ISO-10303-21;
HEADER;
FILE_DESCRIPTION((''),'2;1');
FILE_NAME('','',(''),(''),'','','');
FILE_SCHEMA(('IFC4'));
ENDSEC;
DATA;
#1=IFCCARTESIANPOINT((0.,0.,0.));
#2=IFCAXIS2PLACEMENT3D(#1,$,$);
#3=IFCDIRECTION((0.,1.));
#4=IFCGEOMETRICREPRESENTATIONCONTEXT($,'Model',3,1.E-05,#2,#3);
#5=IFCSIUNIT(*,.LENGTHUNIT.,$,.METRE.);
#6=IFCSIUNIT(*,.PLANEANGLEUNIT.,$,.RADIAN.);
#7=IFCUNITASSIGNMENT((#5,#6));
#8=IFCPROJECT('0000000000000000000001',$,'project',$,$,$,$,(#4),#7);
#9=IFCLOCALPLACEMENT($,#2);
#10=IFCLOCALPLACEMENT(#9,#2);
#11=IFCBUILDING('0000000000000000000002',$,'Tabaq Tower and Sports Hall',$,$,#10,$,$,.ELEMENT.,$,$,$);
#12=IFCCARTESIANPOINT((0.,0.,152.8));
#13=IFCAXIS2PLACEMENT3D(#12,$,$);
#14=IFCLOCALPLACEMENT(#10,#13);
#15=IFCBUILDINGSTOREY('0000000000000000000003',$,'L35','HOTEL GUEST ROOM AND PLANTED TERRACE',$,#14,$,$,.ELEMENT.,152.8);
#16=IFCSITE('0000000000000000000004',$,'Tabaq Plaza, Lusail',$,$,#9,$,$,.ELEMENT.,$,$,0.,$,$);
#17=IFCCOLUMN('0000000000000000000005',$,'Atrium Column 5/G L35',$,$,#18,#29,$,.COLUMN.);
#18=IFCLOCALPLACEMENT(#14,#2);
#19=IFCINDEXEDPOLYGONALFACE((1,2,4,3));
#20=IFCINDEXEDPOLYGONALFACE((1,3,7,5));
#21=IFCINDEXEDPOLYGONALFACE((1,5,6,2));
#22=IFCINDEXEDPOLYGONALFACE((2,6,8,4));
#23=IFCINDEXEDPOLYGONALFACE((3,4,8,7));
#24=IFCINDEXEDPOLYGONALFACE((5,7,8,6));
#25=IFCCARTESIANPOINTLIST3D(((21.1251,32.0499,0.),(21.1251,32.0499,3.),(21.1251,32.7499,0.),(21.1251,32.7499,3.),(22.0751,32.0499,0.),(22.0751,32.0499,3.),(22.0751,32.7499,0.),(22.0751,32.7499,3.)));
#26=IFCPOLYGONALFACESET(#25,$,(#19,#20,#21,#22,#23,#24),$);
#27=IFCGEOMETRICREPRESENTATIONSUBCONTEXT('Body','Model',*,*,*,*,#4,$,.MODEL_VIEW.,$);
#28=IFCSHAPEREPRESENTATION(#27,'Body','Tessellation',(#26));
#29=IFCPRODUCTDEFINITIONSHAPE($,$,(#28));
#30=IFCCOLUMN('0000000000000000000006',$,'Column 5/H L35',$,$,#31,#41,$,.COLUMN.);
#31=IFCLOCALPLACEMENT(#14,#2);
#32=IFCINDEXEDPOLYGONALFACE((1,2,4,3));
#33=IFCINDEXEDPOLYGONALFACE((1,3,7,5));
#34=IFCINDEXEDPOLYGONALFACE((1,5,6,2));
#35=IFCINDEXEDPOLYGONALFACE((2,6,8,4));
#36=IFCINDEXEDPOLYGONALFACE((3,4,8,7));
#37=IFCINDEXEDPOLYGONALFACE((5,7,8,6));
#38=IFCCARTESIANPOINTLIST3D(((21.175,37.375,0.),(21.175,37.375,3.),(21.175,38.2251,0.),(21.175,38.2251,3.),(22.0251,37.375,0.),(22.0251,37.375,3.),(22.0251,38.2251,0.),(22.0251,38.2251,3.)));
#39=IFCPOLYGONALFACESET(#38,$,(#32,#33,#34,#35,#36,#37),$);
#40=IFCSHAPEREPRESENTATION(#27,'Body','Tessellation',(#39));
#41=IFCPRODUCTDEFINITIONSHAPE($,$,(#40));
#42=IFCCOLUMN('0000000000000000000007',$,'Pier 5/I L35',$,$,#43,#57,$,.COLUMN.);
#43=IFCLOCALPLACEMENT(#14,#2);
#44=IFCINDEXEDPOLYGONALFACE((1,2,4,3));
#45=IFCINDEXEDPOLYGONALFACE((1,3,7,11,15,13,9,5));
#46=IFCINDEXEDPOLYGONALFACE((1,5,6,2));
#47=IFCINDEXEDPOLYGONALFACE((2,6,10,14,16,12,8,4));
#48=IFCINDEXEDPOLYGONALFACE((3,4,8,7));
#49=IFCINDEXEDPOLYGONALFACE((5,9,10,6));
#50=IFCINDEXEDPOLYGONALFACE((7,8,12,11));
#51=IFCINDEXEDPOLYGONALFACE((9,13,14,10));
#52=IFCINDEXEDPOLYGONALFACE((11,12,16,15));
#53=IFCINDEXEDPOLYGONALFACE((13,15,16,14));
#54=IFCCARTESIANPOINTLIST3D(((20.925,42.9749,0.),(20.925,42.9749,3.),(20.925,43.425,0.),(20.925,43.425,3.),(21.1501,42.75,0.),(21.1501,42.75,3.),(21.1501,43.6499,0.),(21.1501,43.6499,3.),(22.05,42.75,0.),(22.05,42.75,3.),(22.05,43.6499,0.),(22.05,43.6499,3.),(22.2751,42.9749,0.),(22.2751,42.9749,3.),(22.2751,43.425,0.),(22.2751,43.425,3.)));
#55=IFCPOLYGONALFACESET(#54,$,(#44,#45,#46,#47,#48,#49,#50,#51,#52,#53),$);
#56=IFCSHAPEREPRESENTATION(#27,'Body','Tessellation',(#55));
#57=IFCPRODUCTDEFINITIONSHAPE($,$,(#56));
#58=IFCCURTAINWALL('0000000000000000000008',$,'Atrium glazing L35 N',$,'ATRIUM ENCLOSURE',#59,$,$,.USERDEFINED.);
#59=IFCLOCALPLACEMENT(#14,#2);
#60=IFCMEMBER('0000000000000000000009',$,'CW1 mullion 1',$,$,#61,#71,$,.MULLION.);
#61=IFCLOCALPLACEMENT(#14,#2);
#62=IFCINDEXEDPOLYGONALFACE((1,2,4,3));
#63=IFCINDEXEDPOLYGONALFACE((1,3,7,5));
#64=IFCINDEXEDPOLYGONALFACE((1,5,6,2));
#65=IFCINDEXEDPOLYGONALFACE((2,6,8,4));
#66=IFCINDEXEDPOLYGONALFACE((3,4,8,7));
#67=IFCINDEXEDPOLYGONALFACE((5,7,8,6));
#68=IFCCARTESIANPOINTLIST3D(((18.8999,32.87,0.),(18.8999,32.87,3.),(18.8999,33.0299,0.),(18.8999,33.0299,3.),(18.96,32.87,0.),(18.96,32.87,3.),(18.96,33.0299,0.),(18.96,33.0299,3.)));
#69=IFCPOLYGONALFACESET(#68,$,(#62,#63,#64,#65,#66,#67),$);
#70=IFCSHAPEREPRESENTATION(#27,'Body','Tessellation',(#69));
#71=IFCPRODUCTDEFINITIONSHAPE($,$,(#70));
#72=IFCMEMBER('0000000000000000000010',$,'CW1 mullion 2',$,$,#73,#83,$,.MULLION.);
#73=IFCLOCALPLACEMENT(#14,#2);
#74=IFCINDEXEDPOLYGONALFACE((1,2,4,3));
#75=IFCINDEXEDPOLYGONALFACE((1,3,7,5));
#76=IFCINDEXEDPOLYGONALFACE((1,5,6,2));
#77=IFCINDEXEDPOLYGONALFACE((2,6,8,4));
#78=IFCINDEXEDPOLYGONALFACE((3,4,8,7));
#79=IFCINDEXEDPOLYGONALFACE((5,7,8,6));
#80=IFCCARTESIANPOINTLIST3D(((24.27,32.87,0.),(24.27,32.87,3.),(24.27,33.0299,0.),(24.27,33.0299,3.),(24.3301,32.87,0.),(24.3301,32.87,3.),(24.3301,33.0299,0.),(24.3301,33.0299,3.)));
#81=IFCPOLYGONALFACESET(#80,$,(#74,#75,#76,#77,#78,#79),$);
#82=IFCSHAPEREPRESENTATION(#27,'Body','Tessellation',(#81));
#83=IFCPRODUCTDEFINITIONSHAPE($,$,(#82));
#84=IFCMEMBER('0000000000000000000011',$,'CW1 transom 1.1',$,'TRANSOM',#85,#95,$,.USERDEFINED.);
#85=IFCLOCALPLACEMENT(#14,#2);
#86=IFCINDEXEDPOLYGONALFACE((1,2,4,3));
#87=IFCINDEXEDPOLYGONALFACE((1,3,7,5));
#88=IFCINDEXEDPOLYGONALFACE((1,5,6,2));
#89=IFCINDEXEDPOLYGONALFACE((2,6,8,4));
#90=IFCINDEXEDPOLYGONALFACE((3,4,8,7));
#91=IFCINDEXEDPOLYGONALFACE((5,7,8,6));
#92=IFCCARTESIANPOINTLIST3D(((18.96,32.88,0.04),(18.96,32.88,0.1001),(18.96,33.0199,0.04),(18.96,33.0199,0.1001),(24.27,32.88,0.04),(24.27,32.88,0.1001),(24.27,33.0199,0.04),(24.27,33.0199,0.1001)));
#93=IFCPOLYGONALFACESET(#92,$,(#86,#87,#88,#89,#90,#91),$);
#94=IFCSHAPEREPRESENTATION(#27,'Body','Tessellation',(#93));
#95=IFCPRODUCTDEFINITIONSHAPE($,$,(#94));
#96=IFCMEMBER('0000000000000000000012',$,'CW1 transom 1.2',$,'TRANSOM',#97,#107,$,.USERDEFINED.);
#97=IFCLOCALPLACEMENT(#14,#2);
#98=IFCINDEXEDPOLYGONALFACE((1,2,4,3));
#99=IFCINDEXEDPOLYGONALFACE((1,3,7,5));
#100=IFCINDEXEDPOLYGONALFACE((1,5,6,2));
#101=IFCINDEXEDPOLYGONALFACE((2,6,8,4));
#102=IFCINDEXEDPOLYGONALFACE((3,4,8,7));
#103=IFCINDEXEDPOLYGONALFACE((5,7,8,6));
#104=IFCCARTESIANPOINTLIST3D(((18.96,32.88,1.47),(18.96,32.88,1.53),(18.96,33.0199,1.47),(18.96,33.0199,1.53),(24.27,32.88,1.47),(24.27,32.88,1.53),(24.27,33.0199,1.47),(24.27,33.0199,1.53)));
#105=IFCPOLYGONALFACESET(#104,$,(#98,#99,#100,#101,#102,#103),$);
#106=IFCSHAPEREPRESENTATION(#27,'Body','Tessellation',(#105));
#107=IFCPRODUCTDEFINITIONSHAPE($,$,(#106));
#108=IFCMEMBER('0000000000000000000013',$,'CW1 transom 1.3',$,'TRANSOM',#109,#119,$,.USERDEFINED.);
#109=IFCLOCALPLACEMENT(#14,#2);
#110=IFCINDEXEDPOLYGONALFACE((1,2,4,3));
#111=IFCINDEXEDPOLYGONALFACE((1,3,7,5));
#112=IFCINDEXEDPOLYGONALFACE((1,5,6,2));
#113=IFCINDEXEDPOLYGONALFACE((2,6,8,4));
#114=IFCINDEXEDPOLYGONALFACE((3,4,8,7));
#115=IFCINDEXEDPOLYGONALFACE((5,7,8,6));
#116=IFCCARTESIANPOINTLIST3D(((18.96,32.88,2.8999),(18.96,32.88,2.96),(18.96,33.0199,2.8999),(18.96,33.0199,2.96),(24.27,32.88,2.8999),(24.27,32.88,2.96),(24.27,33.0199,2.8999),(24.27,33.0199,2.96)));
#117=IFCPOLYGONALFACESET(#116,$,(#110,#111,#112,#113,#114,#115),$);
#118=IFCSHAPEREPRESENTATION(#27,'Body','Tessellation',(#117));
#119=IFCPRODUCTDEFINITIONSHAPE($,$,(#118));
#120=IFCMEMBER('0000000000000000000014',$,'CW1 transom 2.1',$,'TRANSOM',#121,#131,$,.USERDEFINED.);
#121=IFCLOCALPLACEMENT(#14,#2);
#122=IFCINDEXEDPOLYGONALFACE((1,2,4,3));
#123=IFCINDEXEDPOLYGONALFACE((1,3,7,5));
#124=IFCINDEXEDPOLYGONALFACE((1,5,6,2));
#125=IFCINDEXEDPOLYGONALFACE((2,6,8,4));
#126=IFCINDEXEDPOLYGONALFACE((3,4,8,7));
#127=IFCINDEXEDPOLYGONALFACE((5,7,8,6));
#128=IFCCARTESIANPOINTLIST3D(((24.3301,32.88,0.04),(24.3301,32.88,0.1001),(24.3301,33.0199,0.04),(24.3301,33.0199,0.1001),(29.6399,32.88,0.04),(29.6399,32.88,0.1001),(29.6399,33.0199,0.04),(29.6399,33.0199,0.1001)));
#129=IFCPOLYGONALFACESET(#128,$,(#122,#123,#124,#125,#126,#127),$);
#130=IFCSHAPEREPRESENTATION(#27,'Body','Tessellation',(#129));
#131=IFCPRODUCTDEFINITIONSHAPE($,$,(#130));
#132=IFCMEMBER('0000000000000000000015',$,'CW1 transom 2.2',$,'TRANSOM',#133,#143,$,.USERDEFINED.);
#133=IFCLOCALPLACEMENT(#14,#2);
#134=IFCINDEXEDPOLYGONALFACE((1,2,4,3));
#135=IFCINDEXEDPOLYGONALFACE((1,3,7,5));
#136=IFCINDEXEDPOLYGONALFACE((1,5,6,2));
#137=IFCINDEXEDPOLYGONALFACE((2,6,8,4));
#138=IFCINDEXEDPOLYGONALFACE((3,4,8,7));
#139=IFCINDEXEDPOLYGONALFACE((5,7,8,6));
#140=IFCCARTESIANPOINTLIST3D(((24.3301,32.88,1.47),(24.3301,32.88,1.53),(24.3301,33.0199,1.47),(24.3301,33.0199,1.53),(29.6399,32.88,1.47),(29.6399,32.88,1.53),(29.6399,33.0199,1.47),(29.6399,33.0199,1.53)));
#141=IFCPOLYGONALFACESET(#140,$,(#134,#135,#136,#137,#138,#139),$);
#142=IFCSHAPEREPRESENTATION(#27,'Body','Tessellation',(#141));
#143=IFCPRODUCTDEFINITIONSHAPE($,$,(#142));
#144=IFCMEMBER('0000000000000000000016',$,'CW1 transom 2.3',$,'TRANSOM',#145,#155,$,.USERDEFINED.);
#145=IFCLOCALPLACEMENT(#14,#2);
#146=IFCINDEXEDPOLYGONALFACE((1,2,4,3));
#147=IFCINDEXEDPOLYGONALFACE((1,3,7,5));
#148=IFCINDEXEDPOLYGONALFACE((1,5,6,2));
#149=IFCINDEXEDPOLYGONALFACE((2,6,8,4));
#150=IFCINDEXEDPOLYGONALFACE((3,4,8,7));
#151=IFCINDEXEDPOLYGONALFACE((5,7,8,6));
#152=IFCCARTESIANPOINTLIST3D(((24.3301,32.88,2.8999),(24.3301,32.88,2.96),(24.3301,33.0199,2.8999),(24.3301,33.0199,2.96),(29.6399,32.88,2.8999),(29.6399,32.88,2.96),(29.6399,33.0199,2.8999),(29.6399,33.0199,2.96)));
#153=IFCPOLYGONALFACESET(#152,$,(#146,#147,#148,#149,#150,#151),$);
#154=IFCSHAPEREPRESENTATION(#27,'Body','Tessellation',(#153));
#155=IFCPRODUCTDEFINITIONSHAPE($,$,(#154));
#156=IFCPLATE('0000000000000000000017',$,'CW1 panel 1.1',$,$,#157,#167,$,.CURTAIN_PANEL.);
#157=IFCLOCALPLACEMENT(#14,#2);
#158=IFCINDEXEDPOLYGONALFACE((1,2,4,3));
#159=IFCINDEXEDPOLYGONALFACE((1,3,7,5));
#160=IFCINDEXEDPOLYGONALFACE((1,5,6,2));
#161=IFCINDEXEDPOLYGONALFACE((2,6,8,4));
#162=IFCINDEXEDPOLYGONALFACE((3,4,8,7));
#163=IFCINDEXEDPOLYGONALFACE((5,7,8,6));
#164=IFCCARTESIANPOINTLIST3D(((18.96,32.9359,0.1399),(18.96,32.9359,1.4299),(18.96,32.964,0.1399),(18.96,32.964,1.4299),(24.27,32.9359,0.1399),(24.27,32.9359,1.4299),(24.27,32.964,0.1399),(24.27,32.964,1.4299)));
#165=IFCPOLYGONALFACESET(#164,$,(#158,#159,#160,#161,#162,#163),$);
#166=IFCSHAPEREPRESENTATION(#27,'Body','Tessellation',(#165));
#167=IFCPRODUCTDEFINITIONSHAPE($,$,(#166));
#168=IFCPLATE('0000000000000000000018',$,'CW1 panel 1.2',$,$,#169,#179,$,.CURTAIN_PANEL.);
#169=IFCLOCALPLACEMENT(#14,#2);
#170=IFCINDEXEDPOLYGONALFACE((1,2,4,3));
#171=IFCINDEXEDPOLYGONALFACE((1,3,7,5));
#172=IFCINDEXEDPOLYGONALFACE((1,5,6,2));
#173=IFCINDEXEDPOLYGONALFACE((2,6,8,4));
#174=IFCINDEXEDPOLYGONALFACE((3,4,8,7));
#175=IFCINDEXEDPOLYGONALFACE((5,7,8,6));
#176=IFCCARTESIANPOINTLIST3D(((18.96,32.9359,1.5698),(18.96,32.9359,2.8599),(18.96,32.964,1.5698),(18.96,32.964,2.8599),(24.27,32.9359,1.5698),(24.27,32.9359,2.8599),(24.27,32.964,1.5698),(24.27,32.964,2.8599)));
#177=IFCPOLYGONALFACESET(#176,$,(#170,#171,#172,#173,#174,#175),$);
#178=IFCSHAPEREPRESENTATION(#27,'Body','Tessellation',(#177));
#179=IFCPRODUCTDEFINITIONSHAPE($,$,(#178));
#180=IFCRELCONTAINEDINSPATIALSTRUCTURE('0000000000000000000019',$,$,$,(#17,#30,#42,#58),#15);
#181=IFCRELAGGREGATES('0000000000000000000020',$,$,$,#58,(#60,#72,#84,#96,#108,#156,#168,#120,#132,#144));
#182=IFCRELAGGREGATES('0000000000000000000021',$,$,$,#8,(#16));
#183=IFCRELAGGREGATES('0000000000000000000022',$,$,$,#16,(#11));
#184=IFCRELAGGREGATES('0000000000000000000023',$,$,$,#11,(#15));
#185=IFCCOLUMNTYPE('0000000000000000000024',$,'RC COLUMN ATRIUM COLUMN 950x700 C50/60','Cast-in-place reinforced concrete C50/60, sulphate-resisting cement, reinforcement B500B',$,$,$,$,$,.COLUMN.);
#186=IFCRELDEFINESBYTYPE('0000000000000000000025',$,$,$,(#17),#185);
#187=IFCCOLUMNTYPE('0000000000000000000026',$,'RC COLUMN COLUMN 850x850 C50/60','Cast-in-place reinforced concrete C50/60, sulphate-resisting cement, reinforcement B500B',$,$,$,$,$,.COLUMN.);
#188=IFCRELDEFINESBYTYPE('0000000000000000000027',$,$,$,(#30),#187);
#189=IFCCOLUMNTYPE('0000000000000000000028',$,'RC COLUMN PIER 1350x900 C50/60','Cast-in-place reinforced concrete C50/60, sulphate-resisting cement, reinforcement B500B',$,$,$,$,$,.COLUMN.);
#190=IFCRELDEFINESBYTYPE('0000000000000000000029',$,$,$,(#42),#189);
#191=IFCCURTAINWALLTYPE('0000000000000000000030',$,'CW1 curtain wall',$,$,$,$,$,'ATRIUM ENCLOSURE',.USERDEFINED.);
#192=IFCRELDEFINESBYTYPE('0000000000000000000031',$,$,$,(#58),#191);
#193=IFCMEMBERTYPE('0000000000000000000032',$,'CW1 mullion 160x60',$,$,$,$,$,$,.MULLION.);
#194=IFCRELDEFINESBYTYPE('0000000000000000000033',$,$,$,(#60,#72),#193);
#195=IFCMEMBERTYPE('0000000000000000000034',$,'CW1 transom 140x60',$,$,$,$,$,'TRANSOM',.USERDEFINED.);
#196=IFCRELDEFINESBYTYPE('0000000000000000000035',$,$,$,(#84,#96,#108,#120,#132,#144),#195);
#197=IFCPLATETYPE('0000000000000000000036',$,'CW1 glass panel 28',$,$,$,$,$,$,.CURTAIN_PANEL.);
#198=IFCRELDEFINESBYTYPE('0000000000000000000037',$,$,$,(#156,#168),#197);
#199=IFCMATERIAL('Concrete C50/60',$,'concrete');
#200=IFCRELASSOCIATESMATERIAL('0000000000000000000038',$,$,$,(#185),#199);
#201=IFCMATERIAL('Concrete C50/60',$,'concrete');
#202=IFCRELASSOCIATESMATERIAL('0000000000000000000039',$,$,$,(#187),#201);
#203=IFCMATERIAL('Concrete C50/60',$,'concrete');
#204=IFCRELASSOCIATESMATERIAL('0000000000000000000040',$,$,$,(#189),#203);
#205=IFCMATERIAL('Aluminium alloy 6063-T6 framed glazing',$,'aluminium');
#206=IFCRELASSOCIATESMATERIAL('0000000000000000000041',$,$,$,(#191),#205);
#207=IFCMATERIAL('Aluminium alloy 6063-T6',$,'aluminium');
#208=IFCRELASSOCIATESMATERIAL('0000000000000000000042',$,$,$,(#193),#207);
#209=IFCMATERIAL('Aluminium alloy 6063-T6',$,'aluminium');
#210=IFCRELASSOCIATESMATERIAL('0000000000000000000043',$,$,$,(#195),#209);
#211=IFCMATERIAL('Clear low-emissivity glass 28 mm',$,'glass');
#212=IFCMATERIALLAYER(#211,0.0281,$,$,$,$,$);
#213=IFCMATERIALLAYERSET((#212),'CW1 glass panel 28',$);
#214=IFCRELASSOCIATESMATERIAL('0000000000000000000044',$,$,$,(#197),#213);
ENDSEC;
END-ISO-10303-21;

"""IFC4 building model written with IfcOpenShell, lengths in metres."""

from ifc_helpers import new_model, si_unit, direction, frame, origin, origin_2d, place, context, subcontext, project, spatial, polyline, rectangle, outline, extrude, material, layer, layer_set, material_profile, profile_set, type_object, element, aggregate, save


model = new_model("IFC4")

# Units and contexts
model_context = context("Model", 3, precision=1e-05, world=origin(), true_north=direction((0.0, 1.0)))
body_context = subcontext(model_context, "Body", "Model", "MODEL_VIEW")
ifc_project = project(units=[si_unit("LENGTHUNIT", "METRE"), si_unit("PLANEANGLEUNIT", "RADIAN")], contexts=[model_context])

# Site, building, storey
site_placement = place(None, origin())
site = spatial("IfcSite", under=ifc_project, at=site_placement, Name="Tabaq Plaza, Lusail", CompositionType="ELEMENT", RefElevation=0.0)
building_placement = place(site_placement, origin())
building = spatial("IfcBuilding", under=site, at=building_placement, Name="Tabaq Tower and Sports Hall", CompositionType="ELEMENT")
storey_placement = place(building_placement, frame((0.0, 0.0, 152.8)))
storey = spatial("IfcBuildingStorey", under=building, at=storey_placement, Name="L35", Description="HOTEL GUEST ROOM AND PLANTED TERRACE", CompositionType="ELEMENT", Elevation=152.8)

# Columns
ifc_material_1 = material(Name="Concrete C50/60", Category="concrete")
ifc_material_profile_1 = material_profile(ifc_material_1, rectangle(XDim=0.95, YDim=0.7, at=origin_2d()), Name="ATRIUM COLUMN 950x700")
ifc_profile_set_1 = profile_set([ifc_material_profile_1], Name="Concrete C50/60")
column_type_1 = type_object("IfcColumnType", Name="RC COLUMN ATRIUM COLUMN 950x700 C50/60", Description="Cast-in-place reinforced concrete C50/60, sulphate-resisting cement, reinforcement B500B", PredefinedType="COLUMN", material=ifc_profile_set_1)
column_1_placement = place(storey_placement, frame((21.6001, 32.3999, 0.0), z_axis=(0.0, 0.0, 1.0), x_axis=(1.0, 0.0, 0.0)))
element("IfcColumn", 1, at=column_1_placement, inside=storey, type_object=column_type_1, Name="Atrium Column 5/G L35", PredefinedType="COLUMN", context=body_context, shape_type="SweptSolid", body=[
    extrude(rectangle(XDim=0.95, YDim=0.7, at=origin_2d()), origin(), (0.0, 0.0, 1.0), 3.0),
])
ifc_material_2 = material(Name="Concrete C50/60", Category="concrete")
ifc_material_profile_2 = material_profile(ifc_material_2, rectangle(XDim=0.8501, YDim=0.8501, at=origin_2d()), Name="COLUMN 850x850")
ifc_profile_set_2 = profile_set([ifc_material_profile_2], Name="Concrete C50/60")
column_type_2 = type_object("IfcColumnType", Name="RC COLUMN COLUMN 850x850 C50/60", Description="Cast-in-place reinforced concrete C50/60, sulphate-resisting cement, reinforcement B500B", PredefinedType="COLUMN", material=ifc_profile_set_2)
column_2_placement = place(storey_placement, frame((21.6001, 37.8, 0.0), z_axis=(0.0, 0.0, 1.0), x_axis=(1.0, 0.0, 0.0)))
element("IfcColumn", 2, at=column_2_placement, inside=storey, type_object=column_type_2, Name="Column 5/H L35", PredefinedType="COLUMN", context=body_context, shape_type="SweptSolid", body=[
    extrude(rectangle(XDim=0.8501, YDim=0.8501, at=origin_2d()), origin(), (0.0, 0.0, 1.0), 3.0),
])
ifc_material_3 = material(Name="Concrete C50/60", Category="concrete")
ifc_material_profile_3 = material_profile(ifc_material_3, outline(polyline([(-0.45, -0.45), (0.45, -0.45), (0.675, -0.2251), (0.675, 0.2251), (0.45, 0.45), (-0.45, 0.45), (-0.675, 0.2251), (-0.675, -0.2251), (-0.45, -0.45)])), Name="PIER 1350x900")
ifc_profile_set_3 = profile_set([ifc_material_profile_3], Name="Concrete C50/60")
column_type_3 = type_object("IfcColumnType", Name="RC COLUMN PIER 1350x900 C50/60", Description="Cast-in-place reinforced concrete C50/60, sulphate-resisting cement, reinforcement B500B", PredefinedType="COLUMN", material=ifc_profile_set_3)
column_3_placement = place(storey_placement, frame((21.6001, 43.2, 0.0), z_axis=(0.0, 0.0, 1.0), x_axis=(1.0, 0.0, 0.0)))
element("IfcColumn", 3, at=column_3_placement, inside=storey, type_object=column_type_3, Name="Pier 5/I L35", PredefinedType="COLUMN", context=body_context, shape_type="SweptSolid", body=[
    extrude(outline(polyline([(-0.45, -0.45), (0.45, -0.45), (0.675, -0.2251), (0.675, 0.2251), (0.45, 0.45), (-0.45, 0.45), (-0.675, 0.2251), (-0.675, -0.2251), (-0.45, -0.45)])), origin(), (0.0, 0.0, 1.0), 3.0),
])

# Curtain wall, members, plates
ifc_material_4 = material(Name="Aluminium alloy 6063-T6 framed glazing", Category="aluminium")
curtain_wall_type = type_object("IfcCurtainWallType", Name="CW1 curtain wall", ElementType="ATRIUM ENCLOSURE", PredefinedType="USERDEFINED", material=ifc_material_4)
curtain_wall_placement = place(storey_placement, origin())
curtain_wall = element("IfcCurtainWall", 4, at=curtain_wall_placement, inside=storey, type_object=curtain_wall_type, Name="Atrium glazing L35 N", ObjectType="ATRIUM ENCLOSURE", PredefinedType="USERDEFINED")
ifc_material_5 = material(Name="Aluminium alloy 6063-T6", Category="aluminium")
ifc_material_profile_4 = material_profile(ifc_material_5, rectangle(XDim=0.1599, YDim=0.0601, at=origin_2d()), Name="MULLION 160x60")
ifc_profile_set_4 = profile_set([ifc_material_profile_4], Name="Aluminium alloy 6063-T6")
member_type_1 = type_object("IfcMemberType", Name="CW1 mullion 160x60", PredefinedType="MULLION", material=ifc_profile_set_4)
member_1_placement = place(storey_placement, frame((18.9299, 32.95, 0.0), z_axis=(0.0, 0.0, 1.0), x_axis=(0.0, 1.0, 0.0)))
member_1 = element("IfcMember", 5, at=member_1_placement, type_object=member_type_1, Name="CW1 mullion 1", PredefinedType="MULLION", context=body_context, shape_type="SweptSolid", body=[
    extrude(rectangle(XDim=0.1599, YDim=0.0601, at=origin_2d()), origin(), (0.0, 0.0, 1.0), 3.0),
])
member_2_placement = place(storey_placement, frame((24.3, 32.95, 0.0), z_axis=(0.0, 0.0, 1.0), x_axis=(0.0, 1.0, 0.0)))
member_2 = element("IfcMember", 6, at=member_2_placement, type_object=member_type_1, Name="CW1 mullion 2", PredefinedType="MULLION", context=body_context, shape_type="SweptSolid", body=[
    extrude(rectangle(XDim=0.1599, YDim=0.0601, at=origin_2d()), origin(), (0.0, 0.0, 1.0), 3.0),
])
ifc_material_6 = material(Name="Aluminium alloy 6063-T6", Category="aluminium")
ifc_material_profile_5 = material_profile(ifc_material_6, rectangle(XDim=0.1399, YDim=0.0601, at=origin_2d()), Name="TRANSOM 140x60")
ifc_profile_set_5 = profile_set([ifc_material_profile_5], Name="Aluminium alloy 6063-T6")
member_type_2 = type_object("IfcMemberType", Name="CW1 transom 140x60", ElementType="TRANSOM", PredefinedType="USERDEFINED", material=ifc_profile_set_5)
member_3_placement = place(storey_placement, frame((18.96, 32.95, 0.0701), z_axis=(1.0, 0.0, 0.0), x_axis=(0.0, 1.0, 0.0)))
member_3 = element("IfcMember", 7, at=member_3_placement, type_object=member_type_2, Name="CW1 transom 1.1", ObjectType="TRANSOM", PredefinedType="USERDEFINED", context=body_context, shape_type="SweptSolid", body=[
    extrude(rectangle(XDim=0.1399, YDim=0.0601, at=origin_2d()), origin(), (0.0, 0.0, 1.0), 5.3101),
])
member_4_placement = place(storey_placement, frame((18.96, 32.95, 1.5), z_axis=(1.0, 0.0, 0.0), x_axis=(0.0, 1.0, 0.0)))
member_4 = element("IfcMember", 8, at=member_4_placement, type_object=member_type_2, Name="CW1 transom 1.2", ObjectType="TRANSOM", PredefinedType="USERDEFINED", context=body_context, shape_type="SweptSolid", body=[
    extrude(rectangle(XDim=0.1399, YDim=0.0601, at=origin_2d()), origin(), (0.0, 0.0, 1.0), 5.3101),
])
member_5_placement = place(storey_placement, frame((18.96, 32.95, 2.9299), z_axis=(1.0, 0.0, 0.0), x_axis=(0.0, 1.0, 0.0)))
member_5 = element("IfcMember", 9, at=member_5_placement, type_object=member_type_2, Name="CW1 transom 1.3", ObjectType="TRANSOM", PredefinedType="USERDEFINED", context=body_context, shape_type="SweptSolid", body=[
    extrude(rectangle(XDim=0.1399, YDim=0.0601, at=origin_2d()), origin(), (0.0, 0.0, 1.0), 5.3101),
])
member_6_placement = place(storey_placement, frame((24.3301, 32.95, 0.0701), z_axis=(1.0, 0.0, 0.0), x_axis=(0.0, 1.0, 0.0)))
member_6 = element("IfcMember", 10, at=member_6_placement, type_object=member_type_2, Name="CW1 transom 2.1", ObjectType="TRANSOM", PredefinedType="USERDEFINED", context=body_context, shape_type="SweptSolid", body=[
    extrude(rectangle(XDim=0.1399, YDim=0.0601, at=origin_2d()), origin(), (0.0, 0.0, 1.0), 5.3098),
])
member_7_placement = place(storey_placement, frame((24.3301, 32.95, 1.5), z_axis=(1.0, 0.0, 0.0), x_axis=(0.0, 1.0, 0.0)))
member_7 = element("IfcMember", 11, at=member_7_placement, type_object=member_type_2, Name="CW1 transom 2.2", ObjectType="TRANSOM", PredefinedType="USERDEFINED", context=body_context, shape_type="SweptSolid", body=[
    extrude(rectangle(XDim=0.1399, YDim=0.0601, at=origin_2d()), origin(), (0.0, 0.0, 1.0), 5.3098),
])
member_8_placement = place(storey_placement, frame((24.3301, 32.95, 2.9299), z_axis=(1.0, 0.0, 0.0), x_axis=(0.0, 1.0, 0.0)))
member_8 = element("IfcMember", 12, at=member_8_placement, type_object=member_type_2, Name="CW1 transom 2.3", ObjectType="TRANSOM", PredefinedType="USERDEFINED", context=body_context, shape_type="SweptSolid", body=[
    extrude(rectangle(XDim=0.1399, YDim=0.0601, at=origin_2d()), origin(), (0.0, 0.0, 1.0), 5.3098),
])
ifc_material_7 = material(Name="Clear low-emissivity glass 28 mm", Category="glass")
ifc_layer_1 = layer(ifc_material_7, 0.0281)
ifc_layer_set_1 = layer_set([ifc_layer_1], Name="CW1 glass panel 28")
plate_type = type_object("IfcPlateType", Name="CW1 glass panel 28", PredefinedType="CURTAIN_PANEL", material=ifc_layer_set_1)
plate_1_placement = place(storey_placement, frame((21.615, 32.95, 0.1399), z_axis=(0.0, 0.0, 1.0), x_axis=(1.0, 0.0, 0.0)))
plate_1 = element("IfcPlate", 13, at=plate_1_placement, type_object=plate_type, Name="CW1 panel 1.1", PredefinedType="CURTAIN_PANEL", context=body_context, shape_type="SweptSolid", body=[
    extrude(rectangle(XDim=5.3101, YDim=0.0281, at=origin_2d()), origin(), (0.0, 0.0, 1.0), 1.29),
])
plate_2_placement = place(storey_placement, frame((21.615, 32.95, 1.5698), z_axis=(0.0, 0.0, 1.0), x_axis=(1.0, 0.0, 0.0)))
plate_2 = element("IfcPlate", 14, at=plate_2_placement, type_object=plate_type, Name="CW1 panel 1.2", PredefinedType="CURTAIN_PANEL", context=body_context, shape_type="SweptSolid", body=[
    extrude(rectangle(XDim=5.3101, YDim=0.0281, at=origin_2d()), origin(), (0.0, 0.0, 1.0), 1.29),
])
aggregate(curtain_wall, [member_1, member_2, member_3, member_4, member_5, plate_1, plate_2, member_6, member_7, member_8])

save(model, "model.ifc")
